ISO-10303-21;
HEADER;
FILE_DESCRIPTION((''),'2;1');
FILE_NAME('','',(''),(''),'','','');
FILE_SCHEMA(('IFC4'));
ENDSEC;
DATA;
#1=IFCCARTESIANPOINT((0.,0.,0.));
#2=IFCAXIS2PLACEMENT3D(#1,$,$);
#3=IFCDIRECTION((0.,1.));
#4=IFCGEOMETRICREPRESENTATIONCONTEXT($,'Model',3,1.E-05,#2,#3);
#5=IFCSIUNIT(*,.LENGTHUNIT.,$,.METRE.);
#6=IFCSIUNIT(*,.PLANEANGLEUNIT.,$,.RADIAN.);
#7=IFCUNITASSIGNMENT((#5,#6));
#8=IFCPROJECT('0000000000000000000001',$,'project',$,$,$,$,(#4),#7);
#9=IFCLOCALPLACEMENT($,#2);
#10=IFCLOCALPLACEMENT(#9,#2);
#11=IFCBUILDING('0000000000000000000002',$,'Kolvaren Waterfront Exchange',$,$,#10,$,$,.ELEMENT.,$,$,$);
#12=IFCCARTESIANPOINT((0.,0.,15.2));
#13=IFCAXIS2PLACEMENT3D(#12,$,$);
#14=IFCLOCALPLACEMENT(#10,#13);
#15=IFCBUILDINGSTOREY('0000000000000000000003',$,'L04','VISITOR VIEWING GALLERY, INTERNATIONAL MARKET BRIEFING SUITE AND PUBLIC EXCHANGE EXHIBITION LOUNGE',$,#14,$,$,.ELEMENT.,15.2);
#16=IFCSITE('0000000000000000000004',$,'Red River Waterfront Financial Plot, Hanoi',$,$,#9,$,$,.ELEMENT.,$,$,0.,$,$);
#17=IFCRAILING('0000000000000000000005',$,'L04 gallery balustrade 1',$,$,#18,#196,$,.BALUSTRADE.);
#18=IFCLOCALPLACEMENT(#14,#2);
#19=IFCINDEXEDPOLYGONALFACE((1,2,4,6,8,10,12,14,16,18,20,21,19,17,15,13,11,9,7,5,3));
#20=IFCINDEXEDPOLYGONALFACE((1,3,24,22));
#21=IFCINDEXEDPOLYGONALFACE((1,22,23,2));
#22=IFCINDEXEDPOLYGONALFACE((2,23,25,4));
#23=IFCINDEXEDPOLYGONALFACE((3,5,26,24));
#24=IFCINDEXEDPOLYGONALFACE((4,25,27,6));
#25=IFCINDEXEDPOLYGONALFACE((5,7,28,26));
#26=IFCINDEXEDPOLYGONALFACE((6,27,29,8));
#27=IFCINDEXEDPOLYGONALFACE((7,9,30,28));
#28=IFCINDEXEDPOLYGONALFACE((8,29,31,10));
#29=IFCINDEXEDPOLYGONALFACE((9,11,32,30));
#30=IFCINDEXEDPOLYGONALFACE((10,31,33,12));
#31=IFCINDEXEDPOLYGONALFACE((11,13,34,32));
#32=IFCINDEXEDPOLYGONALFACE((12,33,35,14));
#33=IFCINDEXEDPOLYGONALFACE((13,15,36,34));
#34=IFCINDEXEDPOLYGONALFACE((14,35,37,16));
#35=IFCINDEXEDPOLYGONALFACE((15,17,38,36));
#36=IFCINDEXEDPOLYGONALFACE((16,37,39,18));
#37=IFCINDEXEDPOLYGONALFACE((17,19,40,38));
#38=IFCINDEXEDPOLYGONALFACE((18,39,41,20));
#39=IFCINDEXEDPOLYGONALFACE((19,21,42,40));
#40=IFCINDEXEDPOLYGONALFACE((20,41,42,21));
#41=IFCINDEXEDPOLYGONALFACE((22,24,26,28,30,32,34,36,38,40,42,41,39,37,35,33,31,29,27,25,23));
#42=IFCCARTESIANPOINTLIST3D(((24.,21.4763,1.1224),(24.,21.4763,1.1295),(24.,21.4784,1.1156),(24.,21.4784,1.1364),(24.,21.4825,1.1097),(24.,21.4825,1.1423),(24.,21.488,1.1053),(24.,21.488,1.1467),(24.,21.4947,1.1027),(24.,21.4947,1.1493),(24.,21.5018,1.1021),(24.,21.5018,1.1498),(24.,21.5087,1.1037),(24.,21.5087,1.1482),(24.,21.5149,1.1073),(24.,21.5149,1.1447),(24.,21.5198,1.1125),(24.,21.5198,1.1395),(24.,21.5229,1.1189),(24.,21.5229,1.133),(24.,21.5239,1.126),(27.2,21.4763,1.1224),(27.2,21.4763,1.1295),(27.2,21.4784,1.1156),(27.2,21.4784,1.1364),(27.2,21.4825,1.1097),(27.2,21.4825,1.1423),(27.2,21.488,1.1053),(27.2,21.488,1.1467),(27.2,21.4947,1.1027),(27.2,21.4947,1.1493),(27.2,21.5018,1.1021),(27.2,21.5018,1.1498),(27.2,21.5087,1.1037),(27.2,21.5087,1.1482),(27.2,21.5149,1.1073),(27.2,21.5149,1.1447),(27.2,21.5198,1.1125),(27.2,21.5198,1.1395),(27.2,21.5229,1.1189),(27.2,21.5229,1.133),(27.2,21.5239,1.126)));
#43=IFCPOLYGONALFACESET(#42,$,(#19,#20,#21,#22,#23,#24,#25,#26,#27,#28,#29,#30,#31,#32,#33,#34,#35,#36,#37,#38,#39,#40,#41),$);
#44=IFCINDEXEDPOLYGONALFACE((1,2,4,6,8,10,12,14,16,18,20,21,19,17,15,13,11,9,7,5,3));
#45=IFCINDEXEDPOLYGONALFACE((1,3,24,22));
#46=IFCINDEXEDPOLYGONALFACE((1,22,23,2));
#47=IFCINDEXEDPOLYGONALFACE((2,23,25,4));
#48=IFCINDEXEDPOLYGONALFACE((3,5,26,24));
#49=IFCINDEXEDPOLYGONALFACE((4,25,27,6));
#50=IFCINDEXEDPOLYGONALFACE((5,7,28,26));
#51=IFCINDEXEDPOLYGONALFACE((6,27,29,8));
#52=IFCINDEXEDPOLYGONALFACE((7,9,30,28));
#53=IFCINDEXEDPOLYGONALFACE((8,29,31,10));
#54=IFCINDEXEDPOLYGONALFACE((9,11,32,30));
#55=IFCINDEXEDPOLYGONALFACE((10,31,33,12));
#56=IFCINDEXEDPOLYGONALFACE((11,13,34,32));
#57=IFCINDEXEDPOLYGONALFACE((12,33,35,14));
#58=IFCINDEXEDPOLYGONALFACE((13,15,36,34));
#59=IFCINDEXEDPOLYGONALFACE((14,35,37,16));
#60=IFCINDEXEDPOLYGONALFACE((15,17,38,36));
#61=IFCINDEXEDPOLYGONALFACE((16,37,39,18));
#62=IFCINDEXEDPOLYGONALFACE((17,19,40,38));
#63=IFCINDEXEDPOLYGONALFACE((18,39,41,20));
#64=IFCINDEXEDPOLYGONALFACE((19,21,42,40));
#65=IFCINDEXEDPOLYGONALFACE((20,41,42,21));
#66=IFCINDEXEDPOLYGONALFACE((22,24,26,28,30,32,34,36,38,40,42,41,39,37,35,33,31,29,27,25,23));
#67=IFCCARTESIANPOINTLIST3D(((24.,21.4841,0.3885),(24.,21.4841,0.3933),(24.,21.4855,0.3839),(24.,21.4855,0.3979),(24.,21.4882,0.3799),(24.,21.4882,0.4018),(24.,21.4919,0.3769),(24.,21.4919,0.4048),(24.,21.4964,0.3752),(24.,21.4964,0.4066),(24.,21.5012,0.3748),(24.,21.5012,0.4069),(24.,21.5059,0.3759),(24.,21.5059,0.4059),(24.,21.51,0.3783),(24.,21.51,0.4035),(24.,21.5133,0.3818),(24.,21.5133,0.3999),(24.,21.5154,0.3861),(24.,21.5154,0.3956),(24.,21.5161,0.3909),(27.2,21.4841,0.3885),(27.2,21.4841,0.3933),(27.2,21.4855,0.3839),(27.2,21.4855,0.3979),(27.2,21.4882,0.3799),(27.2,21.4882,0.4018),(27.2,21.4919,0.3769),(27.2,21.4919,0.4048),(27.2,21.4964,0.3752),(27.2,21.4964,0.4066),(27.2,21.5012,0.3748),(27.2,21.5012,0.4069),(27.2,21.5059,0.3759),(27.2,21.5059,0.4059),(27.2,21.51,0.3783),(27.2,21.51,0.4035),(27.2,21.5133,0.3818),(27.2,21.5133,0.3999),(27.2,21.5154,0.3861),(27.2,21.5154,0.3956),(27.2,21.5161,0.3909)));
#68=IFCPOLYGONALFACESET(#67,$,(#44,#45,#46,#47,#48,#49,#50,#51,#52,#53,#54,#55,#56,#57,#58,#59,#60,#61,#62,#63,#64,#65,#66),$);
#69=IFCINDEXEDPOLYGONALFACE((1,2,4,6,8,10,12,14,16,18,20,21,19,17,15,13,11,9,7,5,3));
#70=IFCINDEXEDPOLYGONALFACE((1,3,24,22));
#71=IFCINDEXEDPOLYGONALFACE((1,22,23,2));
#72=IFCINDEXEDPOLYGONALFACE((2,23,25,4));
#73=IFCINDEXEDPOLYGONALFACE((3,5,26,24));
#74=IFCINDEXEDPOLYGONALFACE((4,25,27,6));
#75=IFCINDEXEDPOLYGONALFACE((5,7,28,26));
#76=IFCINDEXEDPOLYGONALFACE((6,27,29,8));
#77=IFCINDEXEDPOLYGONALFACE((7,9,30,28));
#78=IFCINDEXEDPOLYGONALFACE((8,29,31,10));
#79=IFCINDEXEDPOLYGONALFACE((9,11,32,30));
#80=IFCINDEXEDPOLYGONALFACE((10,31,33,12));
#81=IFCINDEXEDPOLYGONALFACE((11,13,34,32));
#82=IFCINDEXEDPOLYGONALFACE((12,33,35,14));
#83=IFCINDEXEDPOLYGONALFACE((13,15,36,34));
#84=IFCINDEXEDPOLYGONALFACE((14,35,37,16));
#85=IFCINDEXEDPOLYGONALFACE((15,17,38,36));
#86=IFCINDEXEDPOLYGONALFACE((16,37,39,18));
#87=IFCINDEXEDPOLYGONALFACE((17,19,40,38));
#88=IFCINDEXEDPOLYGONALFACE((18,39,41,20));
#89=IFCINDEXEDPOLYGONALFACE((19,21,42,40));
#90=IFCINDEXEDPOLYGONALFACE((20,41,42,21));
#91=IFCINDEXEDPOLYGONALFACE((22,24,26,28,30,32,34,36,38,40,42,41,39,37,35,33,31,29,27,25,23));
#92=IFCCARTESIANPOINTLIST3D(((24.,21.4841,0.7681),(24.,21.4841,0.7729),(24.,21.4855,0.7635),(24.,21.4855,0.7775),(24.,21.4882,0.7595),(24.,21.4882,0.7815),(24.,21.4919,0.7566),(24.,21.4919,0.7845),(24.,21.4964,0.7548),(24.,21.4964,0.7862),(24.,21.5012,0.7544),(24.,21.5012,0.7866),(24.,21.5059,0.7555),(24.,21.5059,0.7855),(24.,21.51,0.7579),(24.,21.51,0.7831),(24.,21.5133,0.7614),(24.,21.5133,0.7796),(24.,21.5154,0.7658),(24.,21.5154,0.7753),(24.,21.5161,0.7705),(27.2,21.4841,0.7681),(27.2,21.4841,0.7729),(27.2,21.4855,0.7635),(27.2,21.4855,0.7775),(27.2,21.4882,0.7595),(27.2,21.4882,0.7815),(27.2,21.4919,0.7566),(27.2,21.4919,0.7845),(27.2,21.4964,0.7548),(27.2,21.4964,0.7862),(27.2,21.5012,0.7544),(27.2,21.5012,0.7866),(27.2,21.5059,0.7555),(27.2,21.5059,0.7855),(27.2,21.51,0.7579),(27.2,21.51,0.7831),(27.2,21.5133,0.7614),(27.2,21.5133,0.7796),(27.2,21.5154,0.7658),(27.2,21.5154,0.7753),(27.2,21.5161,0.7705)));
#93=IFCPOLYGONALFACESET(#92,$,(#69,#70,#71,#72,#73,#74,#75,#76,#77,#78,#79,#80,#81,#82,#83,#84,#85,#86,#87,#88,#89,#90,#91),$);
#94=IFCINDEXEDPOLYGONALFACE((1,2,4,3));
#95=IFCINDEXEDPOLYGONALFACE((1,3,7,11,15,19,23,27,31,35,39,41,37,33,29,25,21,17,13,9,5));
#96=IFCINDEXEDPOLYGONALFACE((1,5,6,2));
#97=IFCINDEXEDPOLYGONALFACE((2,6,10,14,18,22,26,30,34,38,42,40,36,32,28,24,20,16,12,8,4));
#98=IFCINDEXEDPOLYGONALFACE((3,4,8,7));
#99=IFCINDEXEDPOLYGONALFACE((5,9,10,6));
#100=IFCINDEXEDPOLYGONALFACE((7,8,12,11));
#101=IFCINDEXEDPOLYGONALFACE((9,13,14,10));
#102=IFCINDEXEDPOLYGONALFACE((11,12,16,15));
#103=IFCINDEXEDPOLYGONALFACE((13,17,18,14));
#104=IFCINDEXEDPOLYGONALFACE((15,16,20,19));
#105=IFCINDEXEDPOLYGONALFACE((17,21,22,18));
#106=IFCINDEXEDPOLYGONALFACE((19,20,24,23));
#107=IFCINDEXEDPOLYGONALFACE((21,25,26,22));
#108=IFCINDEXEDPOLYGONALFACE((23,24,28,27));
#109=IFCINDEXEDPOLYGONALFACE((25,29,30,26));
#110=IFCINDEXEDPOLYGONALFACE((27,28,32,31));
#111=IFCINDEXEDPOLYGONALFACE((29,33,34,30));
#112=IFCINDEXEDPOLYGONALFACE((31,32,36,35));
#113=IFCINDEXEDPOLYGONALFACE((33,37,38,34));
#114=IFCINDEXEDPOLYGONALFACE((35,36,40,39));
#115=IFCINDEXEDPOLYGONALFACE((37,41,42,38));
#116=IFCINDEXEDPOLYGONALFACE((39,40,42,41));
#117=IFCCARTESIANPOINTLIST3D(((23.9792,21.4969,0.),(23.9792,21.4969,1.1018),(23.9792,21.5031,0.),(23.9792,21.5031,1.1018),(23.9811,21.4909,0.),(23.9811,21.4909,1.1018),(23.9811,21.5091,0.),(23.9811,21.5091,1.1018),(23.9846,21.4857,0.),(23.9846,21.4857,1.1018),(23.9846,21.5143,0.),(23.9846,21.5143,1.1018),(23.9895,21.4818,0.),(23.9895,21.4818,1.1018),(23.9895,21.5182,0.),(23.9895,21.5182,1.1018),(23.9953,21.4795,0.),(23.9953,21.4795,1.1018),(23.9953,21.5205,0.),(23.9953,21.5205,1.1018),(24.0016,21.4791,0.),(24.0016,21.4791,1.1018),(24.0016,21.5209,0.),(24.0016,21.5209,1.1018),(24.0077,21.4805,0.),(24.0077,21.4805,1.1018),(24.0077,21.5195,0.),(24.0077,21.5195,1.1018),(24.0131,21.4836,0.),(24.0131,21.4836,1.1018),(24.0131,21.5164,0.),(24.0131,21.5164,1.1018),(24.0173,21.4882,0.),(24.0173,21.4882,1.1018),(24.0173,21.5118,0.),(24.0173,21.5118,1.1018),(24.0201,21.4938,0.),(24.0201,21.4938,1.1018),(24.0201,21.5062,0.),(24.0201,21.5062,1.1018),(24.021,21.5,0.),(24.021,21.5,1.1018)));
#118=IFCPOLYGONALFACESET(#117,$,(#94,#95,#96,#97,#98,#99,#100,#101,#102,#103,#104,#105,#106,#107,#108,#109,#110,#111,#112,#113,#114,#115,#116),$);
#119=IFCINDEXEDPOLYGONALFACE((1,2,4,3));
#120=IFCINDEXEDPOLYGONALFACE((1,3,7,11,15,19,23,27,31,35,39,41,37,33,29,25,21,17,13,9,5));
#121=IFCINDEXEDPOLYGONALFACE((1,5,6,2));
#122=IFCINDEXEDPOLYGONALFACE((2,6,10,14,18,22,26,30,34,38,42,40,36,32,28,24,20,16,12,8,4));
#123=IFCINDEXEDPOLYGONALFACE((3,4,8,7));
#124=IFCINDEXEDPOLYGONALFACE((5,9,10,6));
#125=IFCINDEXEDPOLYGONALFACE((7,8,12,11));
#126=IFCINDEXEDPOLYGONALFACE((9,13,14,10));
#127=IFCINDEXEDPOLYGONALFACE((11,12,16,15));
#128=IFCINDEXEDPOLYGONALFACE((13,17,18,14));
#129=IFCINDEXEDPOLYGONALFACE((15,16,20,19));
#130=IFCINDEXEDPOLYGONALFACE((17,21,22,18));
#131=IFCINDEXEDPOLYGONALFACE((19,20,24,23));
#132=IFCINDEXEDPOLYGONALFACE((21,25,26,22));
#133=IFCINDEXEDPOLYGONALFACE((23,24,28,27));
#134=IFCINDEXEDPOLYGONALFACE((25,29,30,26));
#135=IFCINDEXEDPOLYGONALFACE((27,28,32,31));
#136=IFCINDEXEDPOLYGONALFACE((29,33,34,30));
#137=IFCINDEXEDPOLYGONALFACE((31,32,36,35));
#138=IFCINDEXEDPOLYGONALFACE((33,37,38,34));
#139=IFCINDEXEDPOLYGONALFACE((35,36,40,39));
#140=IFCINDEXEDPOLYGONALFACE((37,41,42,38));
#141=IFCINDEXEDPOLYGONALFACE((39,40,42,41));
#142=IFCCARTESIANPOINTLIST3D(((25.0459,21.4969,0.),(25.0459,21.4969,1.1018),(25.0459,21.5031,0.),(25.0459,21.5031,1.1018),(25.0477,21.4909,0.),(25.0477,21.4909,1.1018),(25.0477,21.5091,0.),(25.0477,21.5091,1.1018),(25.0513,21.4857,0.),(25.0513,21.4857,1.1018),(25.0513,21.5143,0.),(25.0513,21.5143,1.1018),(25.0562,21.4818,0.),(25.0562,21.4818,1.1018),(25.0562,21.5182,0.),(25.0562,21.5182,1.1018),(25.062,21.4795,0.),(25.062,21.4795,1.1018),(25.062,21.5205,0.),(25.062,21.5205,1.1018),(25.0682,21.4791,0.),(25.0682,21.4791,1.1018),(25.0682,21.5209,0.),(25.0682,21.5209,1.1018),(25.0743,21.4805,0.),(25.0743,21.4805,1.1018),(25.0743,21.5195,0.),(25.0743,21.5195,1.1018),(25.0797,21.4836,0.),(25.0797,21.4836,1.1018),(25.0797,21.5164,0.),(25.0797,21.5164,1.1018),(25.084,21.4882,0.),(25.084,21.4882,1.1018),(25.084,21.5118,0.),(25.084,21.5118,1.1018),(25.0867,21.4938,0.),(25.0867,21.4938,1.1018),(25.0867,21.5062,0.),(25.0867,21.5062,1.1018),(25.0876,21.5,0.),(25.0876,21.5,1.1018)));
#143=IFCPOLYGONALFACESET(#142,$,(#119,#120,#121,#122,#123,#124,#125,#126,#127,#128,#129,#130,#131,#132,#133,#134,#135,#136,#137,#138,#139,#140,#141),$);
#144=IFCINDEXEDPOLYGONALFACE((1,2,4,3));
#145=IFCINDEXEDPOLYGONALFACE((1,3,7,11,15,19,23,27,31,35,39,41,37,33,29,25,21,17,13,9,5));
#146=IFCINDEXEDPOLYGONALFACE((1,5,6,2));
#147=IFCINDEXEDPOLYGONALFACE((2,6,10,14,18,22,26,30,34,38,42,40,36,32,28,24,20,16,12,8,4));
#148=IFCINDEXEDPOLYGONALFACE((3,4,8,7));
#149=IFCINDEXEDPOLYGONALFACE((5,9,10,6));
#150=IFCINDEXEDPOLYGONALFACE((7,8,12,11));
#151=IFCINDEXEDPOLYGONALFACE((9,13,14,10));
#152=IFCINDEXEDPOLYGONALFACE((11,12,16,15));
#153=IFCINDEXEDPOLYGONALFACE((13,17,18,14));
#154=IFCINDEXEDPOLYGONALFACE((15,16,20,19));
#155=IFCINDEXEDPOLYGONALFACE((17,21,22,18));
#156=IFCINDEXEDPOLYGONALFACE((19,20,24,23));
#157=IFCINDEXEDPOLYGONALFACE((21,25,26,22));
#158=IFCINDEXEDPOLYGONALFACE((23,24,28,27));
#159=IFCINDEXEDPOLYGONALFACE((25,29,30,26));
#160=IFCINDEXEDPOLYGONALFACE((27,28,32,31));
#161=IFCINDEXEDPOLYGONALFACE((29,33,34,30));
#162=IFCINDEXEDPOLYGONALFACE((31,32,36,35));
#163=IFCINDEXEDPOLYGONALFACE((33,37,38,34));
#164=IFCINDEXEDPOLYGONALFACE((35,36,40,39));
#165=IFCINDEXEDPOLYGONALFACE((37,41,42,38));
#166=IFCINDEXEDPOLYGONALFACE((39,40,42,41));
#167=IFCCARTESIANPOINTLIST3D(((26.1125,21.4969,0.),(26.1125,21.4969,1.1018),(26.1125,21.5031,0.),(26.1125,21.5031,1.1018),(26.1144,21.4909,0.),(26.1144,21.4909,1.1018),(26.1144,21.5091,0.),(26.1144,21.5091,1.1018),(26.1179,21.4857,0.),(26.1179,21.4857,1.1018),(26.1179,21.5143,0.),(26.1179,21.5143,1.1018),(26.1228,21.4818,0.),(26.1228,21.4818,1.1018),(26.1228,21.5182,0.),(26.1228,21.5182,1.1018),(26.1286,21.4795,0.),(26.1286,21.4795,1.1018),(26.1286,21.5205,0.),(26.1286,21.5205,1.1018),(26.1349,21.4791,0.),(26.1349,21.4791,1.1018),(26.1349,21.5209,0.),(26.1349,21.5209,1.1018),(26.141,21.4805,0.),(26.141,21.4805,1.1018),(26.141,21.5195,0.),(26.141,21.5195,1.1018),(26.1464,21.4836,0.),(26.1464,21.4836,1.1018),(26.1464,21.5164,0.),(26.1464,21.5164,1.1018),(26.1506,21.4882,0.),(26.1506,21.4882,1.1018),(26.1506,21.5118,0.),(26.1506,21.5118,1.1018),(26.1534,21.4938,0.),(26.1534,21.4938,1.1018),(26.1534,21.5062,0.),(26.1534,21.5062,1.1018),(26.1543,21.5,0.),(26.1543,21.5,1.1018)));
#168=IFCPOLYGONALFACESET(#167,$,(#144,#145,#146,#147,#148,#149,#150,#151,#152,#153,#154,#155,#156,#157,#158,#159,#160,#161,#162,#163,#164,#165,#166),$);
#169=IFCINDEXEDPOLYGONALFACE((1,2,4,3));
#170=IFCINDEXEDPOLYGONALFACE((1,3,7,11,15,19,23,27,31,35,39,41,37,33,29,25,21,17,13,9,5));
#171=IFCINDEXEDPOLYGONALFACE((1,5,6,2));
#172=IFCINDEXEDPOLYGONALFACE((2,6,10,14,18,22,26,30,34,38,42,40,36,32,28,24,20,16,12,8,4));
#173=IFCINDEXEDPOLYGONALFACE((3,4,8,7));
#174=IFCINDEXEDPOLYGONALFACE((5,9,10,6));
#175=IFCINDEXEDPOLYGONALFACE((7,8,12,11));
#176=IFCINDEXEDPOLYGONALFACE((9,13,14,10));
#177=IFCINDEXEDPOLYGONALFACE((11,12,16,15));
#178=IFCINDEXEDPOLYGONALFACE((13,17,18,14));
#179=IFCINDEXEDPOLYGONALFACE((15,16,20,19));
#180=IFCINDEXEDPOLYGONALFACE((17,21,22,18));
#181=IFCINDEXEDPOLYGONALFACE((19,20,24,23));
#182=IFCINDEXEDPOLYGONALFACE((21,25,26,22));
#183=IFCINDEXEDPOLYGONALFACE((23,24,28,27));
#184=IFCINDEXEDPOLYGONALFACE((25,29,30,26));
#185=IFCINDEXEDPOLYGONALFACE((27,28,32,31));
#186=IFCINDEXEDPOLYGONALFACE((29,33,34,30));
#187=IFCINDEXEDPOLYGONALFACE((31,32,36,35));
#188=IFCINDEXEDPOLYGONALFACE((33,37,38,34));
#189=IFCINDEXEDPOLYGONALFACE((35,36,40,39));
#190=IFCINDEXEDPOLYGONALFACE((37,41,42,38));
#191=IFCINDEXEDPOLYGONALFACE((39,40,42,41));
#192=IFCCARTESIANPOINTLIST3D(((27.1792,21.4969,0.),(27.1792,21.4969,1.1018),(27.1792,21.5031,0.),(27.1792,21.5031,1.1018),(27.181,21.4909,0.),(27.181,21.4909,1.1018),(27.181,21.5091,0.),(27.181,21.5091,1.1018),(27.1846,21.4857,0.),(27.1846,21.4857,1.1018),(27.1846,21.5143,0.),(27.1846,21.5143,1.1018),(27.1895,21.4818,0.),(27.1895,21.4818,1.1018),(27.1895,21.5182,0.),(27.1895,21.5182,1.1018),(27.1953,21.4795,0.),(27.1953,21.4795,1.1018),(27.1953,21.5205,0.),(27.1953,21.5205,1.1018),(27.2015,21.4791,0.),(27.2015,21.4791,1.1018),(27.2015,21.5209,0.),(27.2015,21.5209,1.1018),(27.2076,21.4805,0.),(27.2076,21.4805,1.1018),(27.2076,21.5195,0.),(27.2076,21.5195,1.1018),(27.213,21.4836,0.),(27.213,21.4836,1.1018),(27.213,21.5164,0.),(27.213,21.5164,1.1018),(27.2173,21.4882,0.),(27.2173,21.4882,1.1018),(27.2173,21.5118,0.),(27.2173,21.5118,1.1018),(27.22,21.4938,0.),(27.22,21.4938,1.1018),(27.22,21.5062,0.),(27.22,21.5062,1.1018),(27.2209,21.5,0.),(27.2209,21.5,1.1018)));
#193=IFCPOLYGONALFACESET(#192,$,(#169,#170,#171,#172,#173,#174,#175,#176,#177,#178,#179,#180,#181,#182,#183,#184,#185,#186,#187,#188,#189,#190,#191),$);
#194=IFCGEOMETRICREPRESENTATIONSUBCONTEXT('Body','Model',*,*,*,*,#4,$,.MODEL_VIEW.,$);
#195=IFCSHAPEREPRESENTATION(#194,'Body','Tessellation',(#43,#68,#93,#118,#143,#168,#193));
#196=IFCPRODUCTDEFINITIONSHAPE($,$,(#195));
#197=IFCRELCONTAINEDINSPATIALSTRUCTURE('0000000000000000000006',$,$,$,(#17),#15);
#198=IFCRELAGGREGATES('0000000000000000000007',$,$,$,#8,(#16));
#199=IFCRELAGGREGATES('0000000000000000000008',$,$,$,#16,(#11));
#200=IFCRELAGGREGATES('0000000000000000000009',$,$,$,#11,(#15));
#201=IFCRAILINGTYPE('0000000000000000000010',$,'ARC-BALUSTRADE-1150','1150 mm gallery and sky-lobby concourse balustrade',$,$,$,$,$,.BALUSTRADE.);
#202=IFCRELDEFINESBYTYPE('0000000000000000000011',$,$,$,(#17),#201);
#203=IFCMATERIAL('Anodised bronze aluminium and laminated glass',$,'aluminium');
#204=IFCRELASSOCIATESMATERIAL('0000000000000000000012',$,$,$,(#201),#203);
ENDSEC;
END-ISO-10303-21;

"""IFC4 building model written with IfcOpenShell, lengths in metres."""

from ifc_helpers import new_model, si_unit, direction, frame, origin, origin_2d, place, context, subcontext, project, spatial, circle, extrude, material, type_object, element, save


model = new_model("IFC4")

# Units and contexts
model_context = context("Model", 3, precision=1e-05, world=origin(), true_north=direction((0.0, 1.0)))
body_context = subcontext(model_context, "Body", "Model", "MODEL_VIEW")
ifc_project = project(units=[si_unit("LENGTHUNIT", "METRE"), si_unit("PLANEANGLEUNIT", "RADIAN")], contexts=[model_context])

# Site, building, storey
site_placement = place(None, origin())
site = spatial("IfcSite", under=ifc_project, at=site_placement, Name="Red River Waterfront Financial Plot, Hanoi", CompositionType="ELEMENT", RefElevation=0.0)
building_placement = place(site_placement, origin())
building = spatial("IfcBuilding", under=site, at=building_placement, Name="Kolvaren Waterfront Exchange", CompositionType="ELEMENT")
storey_placement = place(building_placement, frame((0.0, 0.0, 15.2)))
storey = spatial("IfcBuildingStorey", under=building, at=storey_placement, Name="L04", Description="VISITOR VIEWING GALLERY, INTERNATIONAL MARKET BRIEFING SUITE AND PUBLIC EXCHANGE EXHIBITION LOUNGE", CompositionType="ELEMENT", Elevation=15.2)

# Railing
ifc_material_1 = material(Name="Anodised bronze aluminium and laminated glass", Category="aluminium")
railing_type = type_object("IfcRailingType", Name="ARC-BALUSTRADE-1150", Description="1150 mm gallery and sky-lobby concourse balustrade", PredefinedType="BALUSTRADE", material=ifc_material_1)
for number, where, name in (
    (1, (24.0, 21.5, 0.0), "L04 gallery balustrade 1"),
):
    element("IfcRailing", number, at=place(storey_placement, frame(where)), inside=storey, type_object=railing_type, Name=name, PredefinedType="BALUSTRADE", context=body_context, shape_type="SweptSolid", body=[
        extrude(circle(Radius=0.0239, at=origin_2d()), frame((0.0, 0.0, 1.126), z_axis=(1.0, 0.0, 0.0), x_axis=(0.0, 1.0, 0.0)), (0.0, 0.0, 1.0), 3.2),
        extrude(circle(Radius=0.0161, at=origin_2d()), frame((0.0, 0.0, 0.3909), z_axis=(1.0, 0.0, 0.0), x_axis=(0.0, 1.0, 0.0)), (0.0, 0.0, 1.0), 3.2),
        extrude(circle(Radius=0.0161, at=origin_2d()), frame((0.0, 0.0, 0.7705), z_axis=(1.0, 0.0, 0.0), x_axis=(0.0, 1.0, 0.0)), (0.0, 0.0, 1.0), 3.2),
        extrude(circle(Radius=0.021, at=origin_2d()), origin(), (0.0, 0.0, 1.0), 1.1018),
        extrude(circle(Radius=0.021, at=origin_2d()), frame((1.0667, 0.0, 0.0)), (0.0, 0.0, 1.0), 1.1018),
        extrude(circle(Radius=0.021, at=origin_2d()), frame((2.1333, 0.0, 0.0)), (0.0, 0.0, 1.0), 1.1018),
        extrude(circle(Radius=0.021, at=origin_2d()), frame((3.2, 0.0, 0.0)), (0.0, 0.0, 1.0), 1.1018),
    ])

save(model, "model.ifc")
